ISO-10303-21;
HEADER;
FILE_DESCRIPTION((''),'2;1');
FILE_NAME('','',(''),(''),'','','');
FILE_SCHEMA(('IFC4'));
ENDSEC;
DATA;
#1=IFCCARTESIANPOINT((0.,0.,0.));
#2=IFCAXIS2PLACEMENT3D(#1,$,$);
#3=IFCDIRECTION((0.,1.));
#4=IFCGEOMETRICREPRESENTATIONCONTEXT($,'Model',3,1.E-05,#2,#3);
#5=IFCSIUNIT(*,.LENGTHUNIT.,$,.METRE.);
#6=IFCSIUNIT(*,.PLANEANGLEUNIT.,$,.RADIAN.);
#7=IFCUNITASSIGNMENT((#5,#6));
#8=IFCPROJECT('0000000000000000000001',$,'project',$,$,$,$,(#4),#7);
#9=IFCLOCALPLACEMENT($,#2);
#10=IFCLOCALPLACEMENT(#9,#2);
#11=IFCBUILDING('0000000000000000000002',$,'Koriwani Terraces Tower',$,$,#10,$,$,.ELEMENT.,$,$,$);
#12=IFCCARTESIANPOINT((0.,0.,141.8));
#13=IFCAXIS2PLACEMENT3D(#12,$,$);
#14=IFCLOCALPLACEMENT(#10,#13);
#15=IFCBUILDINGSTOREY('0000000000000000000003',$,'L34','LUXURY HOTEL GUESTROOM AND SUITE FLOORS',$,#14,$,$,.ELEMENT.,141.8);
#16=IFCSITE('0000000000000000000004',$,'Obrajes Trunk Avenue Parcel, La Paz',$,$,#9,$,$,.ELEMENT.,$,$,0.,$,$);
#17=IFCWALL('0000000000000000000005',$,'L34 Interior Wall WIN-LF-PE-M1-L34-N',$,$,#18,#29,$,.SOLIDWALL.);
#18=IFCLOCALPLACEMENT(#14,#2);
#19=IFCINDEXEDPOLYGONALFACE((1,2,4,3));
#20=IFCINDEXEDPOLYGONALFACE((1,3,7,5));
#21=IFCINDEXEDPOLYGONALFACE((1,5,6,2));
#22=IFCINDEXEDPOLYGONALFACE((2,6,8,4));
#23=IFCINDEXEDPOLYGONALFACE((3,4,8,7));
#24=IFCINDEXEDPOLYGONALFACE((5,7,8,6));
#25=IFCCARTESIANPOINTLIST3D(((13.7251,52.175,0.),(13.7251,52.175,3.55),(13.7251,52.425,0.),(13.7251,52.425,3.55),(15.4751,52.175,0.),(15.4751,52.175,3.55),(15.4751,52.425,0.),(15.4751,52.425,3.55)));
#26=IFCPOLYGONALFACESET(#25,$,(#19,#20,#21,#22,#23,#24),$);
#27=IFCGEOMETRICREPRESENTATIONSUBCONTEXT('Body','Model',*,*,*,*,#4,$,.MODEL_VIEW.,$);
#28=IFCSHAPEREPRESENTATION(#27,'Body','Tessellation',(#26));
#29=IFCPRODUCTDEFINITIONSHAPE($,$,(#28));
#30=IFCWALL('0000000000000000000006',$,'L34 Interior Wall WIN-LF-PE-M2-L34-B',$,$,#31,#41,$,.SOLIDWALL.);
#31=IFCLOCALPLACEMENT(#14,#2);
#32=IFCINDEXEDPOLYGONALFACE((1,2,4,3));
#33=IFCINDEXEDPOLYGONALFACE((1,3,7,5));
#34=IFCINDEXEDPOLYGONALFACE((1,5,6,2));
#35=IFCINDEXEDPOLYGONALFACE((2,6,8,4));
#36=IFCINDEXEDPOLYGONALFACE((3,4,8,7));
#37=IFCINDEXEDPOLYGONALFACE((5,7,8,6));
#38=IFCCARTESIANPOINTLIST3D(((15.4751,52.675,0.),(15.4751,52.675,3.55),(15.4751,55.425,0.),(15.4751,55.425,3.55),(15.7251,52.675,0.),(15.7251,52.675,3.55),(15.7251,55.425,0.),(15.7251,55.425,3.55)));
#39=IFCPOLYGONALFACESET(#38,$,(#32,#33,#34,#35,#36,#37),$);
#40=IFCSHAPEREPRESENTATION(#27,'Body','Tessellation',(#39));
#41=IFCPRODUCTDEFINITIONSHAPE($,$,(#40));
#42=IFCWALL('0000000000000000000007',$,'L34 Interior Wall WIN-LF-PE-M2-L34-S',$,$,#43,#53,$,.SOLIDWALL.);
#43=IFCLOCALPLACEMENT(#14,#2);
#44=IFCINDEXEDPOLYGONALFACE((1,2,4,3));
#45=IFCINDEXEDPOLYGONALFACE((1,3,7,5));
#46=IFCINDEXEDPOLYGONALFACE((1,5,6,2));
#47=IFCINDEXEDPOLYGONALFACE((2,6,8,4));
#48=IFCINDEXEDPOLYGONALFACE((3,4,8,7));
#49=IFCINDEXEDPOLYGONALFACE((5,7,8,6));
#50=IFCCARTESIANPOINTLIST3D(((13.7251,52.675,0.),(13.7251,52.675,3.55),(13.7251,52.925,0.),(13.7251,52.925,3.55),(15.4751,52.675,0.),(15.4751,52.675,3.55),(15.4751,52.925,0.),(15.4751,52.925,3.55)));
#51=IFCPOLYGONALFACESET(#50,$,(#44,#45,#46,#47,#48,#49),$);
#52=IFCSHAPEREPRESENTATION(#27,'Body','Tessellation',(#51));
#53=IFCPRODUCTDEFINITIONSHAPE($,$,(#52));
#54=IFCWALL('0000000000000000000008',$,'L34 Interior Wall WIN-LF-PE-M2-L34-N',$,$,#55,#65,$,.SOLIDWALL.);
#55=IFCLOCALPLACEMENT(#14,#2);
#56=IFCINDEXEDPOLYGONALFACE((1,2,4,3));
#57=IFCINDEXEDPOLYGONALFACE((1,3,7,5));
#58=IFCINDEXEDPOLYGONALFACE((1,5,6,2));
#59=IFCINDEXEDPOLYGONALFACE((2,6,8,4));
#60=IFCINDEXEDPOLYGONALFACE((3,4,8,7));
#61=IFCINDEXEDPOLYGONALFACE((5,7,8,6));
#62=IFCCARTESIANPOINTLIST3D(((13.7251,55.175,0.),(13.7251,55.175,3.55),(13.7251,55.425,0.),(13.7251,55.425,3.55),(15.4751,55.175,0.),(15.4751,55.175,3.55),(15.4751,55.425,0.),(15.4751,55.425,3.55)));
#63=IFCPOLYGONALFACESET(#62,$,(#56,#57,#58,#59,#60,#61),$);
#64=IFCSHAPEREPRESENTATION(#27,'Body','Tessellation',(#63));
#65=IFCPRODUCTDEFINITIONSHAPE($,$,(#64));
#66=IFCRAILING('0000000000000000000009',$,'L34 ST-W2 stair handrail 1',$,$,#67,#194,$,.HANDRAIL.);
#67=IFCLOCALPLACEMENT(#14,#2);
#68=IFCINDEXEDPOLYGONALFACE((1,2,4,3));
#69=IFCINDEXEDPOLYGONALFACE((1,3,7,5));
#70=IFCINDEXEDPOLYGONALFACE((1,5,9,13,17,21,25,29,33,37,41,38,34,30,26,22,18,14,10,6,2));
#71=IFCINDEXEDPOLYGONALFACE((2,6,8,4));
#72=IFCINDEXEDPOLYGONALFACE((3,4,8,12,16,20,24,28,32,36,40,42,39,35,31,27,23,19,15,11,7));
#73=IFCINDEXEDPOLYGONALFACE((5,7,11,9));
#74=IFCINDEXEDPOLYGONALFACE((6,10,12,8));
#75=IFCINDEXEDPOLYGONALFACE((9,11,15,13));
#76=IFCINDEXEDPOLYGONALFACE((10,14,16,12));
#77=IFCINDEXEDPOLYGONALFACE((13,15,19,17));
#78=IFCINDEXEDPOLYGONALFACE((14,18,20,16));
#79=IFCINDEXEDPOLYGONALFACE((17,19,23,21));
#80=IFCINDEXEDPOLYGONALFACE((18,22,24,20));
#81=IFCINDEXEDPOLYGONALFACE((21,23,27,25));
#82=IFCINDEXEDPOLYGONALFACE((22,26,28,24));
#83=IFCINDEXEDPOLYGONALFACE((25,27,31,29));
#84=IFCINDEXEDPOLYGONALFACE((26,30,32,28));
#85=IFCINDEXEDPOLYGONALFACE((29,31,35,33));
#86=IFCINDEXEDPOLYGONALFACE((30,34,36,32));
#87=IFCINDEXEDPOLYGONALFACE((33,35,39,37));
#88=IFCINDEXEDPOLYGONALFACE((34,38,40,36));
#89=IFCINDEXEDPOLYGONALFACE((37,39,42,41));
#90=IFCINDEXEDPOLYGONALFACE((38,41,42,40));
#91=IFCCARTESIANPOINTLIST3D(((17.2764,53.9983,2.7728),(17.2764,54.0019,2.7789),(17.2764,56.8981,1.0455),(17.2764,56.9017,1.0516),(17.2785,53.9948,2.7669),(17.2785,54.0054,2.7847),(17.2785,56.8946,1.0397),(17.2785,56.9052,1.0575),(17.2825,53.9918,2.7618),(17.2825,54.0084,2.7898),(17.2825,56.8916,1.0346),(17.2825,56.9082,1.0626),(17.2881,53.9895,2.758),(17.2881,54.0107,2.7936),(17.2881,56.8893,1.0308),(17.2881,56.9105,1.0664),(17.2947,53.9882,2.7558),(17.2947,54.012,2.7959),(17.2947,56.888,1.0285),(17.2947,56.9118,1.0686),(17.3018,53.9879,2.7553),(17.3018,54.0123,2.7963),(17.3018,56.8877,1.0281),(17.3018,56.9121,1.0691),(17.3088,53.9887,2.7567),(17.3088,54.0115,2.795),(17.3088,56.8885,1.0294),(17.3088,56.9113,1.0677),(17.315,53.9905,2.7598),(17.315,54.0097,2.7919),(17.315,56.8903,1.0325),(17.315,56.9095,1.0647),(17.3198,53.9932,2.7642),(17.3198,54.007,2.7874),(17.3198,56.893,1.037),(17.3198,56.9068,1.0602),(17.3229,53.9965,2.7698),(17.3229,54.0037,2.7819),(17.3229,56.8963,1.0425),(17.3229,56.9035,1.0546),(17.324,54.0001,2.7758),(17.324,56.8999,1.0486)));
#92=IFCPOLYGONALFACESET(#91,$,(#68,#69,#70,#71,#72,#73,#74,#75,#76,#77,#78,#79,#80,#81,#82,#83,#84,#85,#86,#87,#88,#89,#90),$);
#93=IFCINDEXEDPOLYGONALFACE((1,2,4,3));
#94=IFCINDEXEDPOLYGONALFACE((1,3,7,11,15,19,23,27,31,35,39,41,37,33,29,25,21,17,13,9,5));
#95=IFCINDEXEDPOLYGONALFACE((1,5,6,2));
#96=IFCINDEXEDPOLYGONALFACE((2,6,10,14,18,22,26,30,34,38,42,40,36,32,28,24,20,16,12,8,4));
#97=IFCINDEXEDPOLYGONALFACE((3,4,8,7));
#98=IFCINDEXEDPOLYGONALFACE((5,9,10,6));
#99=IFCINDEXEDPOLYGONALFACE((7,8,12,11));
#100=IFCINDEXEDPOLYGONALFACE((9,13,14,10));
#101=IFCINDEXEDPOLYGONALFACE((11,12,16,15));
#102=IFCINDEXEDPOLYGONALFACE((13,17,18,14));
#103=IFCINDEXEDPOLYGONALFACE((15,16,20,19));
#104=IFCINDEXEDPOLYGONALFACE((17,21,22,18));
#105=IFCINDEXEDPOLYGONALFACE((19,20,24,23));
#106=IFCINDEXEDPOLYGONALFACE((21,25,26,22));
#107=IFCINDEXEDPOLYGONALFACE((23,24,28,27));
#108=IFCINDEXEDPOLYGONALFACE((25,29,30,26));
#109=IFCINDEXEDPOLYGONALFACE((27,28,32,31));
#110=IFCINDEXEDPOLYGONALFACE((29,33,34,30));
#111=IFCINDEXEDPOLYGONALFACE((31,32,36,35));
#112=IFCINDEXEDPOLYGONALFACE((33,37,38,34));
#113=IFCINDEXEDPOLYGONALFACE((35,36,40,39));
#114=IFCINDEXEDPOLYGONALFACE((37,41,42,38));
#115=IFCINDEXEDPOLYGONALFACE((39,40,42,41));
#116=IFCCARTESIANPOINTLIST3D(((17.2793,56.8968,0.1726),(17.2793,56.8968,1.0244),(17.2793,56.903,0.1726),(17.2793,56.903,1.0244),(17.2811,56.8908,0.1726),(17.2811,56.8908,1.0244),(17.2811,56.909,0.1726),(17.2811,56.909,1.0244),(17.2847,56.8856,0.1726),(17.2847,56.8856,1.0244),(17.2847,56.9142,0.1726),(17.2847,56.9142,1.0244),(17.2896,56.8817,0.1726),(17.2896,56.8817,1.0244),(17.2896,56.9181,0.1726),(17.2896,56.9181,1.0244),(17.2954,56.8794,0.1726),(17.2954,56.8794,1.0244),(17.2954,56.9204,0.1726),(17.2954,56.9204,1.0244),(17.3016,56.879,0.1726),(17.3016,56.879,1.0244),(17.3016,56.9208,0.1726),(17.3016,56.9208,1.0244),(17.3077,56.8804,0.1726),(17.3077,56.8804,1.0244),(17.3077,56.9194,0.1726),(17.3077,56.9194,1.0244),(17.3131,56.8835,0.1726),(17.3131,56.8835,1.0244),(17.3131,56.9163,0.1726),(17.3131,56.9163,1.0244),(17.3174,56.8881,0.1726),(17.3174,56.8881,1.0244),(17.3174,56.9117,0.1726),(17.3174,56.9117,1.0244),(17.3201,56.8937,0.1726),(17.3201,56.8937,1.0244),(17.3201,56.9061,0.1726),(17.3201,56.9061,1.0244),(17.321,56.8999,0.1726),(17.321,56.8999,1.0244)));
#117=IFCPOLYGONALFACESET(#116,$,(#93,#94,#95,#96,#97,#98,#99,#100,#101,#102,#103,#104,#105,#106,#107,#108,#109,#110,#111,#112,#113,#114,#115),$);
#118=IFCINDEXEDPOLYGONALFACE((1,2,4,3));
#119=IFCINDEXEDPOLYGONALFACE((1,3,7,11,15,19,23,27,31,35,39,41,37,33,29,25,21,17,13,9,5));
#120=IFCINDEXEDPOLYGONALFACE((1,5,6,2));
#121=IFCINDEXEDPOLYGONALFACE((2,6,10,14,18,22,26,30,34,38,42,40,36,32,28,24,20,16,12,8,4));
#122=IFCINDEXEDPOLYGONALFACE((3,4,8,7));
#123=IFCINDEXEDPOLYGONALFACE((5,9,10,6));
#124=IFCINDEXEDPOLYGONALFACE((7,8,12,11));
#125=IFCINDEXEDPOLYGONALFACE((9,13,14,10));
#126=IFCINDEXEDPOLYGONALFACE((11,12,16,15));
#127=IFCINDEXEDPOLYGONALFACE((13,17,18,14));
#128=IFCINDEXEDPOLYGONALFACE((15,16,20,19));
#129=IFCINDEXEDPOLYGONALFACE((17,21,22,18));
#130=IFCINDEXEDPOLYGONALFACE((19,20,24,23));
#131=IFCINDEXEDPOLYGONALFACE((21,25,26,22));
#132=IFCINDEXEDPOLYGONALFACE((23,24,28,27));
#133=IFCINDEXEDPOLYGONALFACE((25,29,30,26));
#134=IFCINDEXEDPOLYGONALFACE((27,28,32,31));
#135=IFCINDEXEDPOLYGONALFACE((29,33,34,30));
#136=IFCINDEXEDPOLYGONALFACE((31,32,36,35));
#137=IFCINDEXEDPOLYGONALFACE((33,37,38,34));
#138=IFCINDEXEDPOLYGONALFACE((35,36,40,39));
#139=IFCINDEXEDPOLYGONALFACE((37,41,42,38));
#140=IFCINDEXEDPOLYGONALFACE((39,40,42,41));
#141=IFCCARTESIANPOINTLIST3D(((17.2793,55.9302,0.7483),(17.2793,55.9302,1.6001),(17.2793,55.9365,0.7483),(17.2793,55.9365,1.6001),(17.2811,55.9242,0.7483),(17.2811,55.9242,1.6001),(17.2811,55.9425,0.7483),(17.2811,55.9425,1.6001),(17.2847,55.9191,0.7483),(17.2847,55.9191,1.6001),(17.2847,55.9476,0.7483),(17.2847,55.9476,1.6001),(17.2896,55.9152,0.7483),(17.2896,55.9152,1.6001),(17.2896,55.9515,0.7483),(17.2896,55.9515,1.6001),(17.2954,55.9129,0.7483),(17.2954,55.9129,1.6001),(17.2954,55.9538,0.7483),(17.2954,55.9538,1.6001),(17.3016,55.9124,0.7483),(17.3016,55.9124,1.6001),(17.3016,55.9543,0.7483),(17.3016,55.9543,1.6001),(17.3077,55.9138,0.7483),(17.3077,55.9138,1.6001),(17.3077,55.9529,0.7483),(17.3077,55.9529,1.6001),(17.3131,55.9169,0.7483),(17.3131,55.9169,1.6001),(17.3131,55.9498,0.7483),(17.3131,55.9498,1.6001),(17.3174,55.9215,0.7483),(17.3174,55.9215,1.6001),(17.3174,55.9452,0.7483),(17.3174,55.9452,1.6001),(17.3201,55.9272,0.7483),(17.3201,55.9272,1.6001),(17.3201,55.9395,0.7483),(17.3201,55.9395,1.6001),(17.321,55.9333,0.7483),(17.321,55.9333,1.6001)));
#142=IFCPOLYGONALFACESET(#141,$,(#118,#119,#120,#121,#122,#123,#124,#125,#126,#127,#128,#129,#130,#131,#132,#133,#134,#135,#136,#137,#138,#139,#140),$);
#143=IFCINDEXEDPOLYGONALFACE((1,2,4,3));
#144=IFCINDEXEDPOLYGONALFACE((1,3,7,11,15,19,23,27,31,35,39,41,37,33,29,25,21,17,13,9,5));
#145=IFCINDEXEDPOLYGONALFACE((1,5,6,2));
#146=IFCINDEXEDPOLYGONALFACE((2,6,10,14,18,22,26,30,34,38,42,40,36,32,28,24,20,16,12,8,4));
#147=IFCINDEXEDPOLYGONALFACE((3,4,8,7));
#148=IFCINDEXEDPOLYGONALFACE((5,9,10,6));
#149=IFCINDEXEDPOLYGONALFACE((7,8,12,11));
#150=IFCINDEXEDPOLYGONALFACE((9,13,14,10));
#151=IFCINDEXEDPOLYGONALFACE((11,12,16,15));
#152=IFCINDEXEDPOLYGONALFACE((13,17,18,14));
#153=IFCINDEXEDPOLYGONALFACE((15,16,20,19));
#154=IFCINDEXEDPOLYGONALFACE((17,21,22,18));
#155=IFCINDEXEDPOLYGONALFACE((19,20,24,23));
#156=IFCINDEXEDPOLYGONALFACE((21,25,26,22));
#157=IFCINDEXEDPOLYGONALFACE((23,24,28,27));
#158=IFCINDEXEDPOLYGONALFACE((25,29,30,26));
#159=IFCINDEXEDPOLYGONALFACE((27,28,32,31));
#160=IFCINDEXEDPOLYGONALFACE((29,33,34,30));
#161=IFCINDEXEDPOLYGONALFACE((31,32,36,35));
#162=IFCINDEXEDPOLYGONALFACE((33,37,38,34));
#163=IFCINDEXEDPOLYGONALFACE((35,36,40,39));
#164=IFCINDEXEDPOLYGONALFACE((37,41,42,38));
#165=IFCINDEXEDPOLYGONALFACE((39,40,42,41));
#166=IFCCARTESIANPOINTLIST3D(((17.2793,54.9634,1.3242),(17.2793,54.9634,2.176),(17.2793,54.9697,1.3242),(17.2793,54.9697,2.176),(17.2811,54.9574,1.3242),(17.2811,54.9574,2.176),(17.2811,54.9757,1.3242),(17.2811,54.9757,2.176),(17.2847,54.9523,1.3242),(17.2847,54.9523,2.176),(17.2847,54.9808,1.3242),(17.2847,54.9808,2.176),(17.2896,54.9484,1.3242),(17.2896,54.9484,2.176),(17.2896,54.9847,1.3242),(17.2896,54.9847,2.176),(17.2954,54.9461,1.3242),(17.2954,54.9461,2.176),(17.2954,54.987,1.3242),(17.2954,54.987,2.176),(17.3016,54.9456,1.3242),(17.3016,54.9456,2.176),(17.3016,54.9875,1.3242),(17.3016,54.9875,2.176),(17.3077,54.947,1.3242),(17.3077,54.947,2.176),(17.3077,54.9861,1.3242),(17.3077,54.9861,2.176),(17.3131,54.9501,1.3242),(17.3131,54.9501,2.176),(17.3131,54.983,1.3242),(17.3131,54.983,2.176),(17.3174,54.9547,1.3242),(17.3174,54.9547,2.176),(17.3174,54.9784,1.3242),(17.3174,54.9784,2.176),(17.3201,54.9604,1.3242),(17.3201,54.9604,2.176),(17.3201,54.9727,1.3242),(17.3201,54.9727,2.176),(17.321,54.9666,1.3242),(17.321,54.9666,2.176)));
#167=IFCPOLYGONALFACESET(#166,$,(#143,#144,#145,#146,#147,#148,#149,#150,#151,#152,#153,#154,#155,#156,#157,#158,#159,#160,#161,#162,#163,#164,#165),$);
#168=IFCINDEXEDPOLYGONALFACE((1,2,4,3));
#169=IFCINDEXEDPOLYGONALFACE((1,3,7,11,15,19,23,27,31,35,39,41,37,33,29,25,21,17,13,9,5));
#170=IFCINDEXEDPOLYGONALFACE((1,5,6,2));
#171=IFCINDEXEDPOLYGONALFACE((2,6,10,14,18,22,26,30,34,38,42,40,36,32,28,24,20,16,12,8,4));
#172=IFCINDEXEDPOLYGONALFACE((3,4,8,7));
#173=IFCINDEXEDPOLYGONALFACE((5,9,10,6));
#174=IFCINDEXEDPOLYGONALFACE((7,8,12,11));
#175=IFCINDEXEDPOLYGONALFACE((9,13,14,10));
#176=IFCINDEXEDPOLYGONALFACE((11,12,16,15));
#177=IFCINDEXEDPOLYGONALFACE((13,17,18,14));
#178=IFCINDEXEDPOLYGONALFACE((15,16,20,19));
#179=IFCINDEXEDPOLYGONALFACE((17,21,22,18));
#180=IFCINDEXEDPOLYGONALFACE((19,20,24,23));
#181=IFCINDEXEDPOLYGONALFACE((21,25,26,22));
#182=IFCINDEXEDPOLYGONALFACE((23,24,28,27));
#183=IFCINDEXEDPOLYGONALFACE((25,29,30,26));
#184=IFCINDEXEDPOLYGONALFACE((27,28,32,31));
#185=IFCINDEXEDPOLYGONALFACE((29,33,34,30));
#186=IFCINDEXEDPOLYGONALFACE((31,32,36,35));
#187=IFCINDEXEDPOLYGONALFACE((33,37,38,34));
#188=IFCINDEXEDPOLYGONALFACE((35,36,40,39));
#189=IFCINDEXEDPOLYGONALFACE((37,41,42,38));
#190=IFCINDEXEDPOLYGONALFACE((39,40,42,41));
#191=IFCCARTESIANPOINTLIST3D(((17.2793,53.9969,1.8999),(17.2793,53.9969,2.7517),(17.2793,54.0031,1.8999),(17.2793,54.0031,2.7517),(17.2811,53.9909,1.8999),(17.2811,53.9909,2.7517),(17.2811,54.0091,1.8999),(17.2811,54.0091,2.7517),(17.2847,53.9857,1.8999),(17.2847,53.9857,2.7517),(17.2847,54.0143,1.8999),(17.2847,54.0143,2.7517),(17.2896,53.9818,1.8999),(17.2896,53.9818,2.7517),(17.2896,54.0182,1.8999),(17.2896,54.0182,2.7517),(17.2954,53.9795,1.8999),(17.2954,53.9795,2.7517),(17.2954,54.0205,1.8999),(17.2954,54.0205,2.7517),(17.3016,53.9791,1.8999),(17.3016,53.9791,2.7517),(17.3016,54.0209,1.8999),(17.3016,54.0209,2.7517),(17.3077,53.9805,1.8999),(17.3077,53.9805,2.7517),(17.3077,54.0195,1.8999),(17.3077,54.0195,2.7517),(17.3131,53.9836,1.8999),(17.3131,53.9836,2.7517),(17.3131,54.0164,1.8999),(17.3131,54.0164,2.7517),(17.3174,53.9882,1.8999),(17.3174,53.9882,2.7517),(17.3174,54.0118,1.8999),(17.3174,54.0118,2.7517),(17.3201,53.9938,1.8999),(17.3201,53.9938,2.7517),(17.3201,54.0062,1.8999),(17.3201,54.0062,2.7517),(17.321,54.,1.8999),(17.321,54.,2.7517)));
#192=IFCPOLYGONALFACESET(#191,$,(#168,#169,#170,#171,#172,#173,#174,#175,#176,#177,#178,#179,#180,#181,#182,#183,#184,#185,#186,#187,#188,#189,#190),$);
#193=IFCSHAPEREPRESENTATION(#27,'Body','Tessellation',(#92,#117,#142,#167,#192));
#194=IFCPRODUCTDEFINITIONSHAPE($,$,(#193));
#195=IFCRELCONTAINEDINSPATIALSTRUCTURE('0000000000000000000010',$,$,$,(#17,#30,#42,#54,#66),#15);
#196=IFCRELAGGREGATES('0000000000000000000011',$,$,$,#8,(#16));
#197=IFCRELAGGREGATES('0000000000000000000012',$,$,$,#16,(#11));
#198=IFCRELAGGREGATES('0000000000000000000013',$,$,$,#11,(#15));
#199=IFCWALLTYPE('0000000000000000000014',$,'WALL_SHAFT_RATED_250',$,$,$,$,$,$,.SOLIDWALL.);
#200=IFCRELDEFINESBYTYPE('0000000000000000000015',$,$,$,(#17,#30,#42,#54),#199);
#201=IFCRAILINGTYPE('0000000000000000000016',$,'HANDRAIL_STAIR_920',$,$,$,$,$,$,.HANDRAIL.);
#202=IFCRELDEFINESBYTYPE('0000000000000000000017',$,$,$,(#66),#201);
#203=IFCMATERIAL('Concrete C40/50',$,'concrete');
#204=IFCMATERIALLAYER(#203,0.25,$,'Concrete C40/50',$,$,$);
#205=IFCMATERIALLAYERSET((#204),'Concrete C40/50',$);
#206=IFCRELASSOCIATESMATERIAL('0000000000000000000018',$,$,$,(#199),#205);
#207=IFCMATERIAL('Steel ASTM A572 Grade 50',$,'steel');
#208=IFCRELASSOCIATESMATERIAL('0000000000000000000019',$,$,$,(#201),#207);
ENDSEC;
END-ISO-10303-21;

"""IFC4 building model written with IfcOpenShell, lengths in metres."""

from ifc_helpers import new_model, si_unit, direction, frame, frame_2d, origin, origin_2d, place, context, subcontext, project, spatial, rectangle, circle, extrude, material, layer, layer_set, type_object, element, save


model = new_model("IFC4")

# Units and contexts
model_context = context("Model", 3, precision=1e-05, world=origin(), true_north=direction((0.0, 1.0)))
body_context = subcontext(model_context, "Body", "Model", "MODEL_VIEW")
ifc_project = project(units=[si_unit("LENGTHUNIT", "METRE"), si_unit("PLANEANGLEUNIT", "RADIAN")], contexts=[model_context])

# Site, building, storey
site_placement = place(None, origin())
site = spatial("IfcSite", under=ifc_project, at=site_placement, Name="Obrajes Trunk Avenue Parcel, La Paz", CompositionType="ELEMENT", RefElevation=0.0)
building_placement = place(site_placement, origin())
building = spatial("IfcBuilding", under=site, at=building_placement, Name="Koriwani Terraces Tower", CompositionType="ELEMENT")
storey_placement = place(building_placement, frame((0.0, 0.0, 141.8)))
storey = spatial("IfcBuildingStorey", under=building, at=storey_placement, Name="L34", Description="LUXURY HOTEL GUESTROOM AND SUITE FLOORS", CompositionType="ELEMENT", Elevation=141.8)

# Shared definitions
ifc_material_1 = material(Name="Concrete C40/50", Category="concrete")
ifc_material_2 = material(Name="Steel ASTM A572 Grade 50", Category="steel")

# Wall
ifc_layer_1 = layer(ifc_material_1, 0.25, Name="Concrete C40/50")
ifc_layer_set_1 = layer_set([ifc_layer_1], Name="Concrete C40/50")
wall_type_1 = type_object("IfcWallType", Name="WALL_SHAFT_RATED_250", PredefinedType="SOLIDWALL", material=ifc_layer_set_1)
wall_1_placement = place(storey_placement, frame((13.7251, 52.3, 0.0), z_axis=(0.0, 0.0, 1.0), x_axis=(1.0, 0.0, 0.0)))
element("IfcWall", 1, at=wall_1_placement, inside=storey, type_object=wall_type_1, Name="L34 Interior Wall WIN-LF-PE-M1-L34-N", PredefinedType="SOLIDWALL", context=body_context, shape_type="SweptSolid", body=[
    extrude(rectangle(XDim=1.75, YDim=0.25, at=frame_2d((0.875, 0.0))), origin(), (0.0, 0.0, 1.0), 3.55),
])

# Walls
wall_2_placement = place(storey_placement, frame((15.6001, 52.675, 0.0), z_axis=(0.0, 0.0, 1.0), x_axis=(0.0, 1.0, 0.0)))
element("IfcWall", 2, at=wall_2_placement, inside=storey, type_object=wall_type_1, Name="L34 Interior Wall WIN-LF-PE-M2-L34-B", PredefinedType="SOLIDWALL", context=body_context, shape_type="SweptSolid", body=[
    extrude(rectangle(XDim=2.75, YDim=0.25, at=frame_2d((1.375, 0.0))), origin(), (0.0, 0.0, 1.0), 3.55),
])
for number, where, z_axis, x_axis, name in (
    (3, (13.7251, 52.8, 0.0), (0.0, 0.0, 1.0), (1.0, 0.0, 0.0), "L34 Interior Wall WIN-LF-PE-M2-L34-S"),
    (4, (13.7251, 55.3, 0.0), (0.0, 0.0, 1.0), (1.0, 0.0, 0.0), "L34 Interior Wall WIN-LF-PE-M2-L34-N"),
):
    element("IfcWall", number, at=place(storey_placement, frame(where, z_axis=z_axis, x_axis=x_axis)), inside=storey, type_object=wall_type_1, Name=name, PredefinedType="SOLIDWALL", context=body_context, shape_type="SweptSolid", body=[
        extrude(rectangle(XDim=1.75, YDim=0.25, at=frame_2d((0.875, 0.0))), origin(), (0.0, 0.0, 1.0), 3.55),
    ])

# Railing
railing_type = type_object("IfcRailingType", Name="HANDRAIL_STAIR_920", PredefinedType="HANDRAIL", material=ifc_material_2)
railing_placement = place(storey_placement, frame((17.3, 56.8999, 0.1726)))
element("IfcRailing", 5, at=railing_placement, inside=storey, type_object=railing_type, Name="L34 ST-W2 stair handrail 1", PredefinedType="HANDRAIL", context=body_context, shape_type="SweptSolid", body=[
    extrude(circle(Radius=0.0239, at=origin_2d()), frame((0.0, 0.0, 0.876), z_axis=(0.0, -0.859141, 0.511738), x_axis=(1.0, 0.0, 0.0)), (0.0, 0.0, 1.0), 3.3752),
    extrude(circle(Radius=0.021, at=origin_2d()), origin(), (0.0, 0.0, 1.0), 0.8518),
    extrude(circle(Radius=0.021, at=origin_2d()), frame((0.0, -0.9666, 0.5757)), (0.0, 0.0, 1.0), 0.8518),
    extrude(circle(Radius=0.021, at=origin_2d()), frame((0.0, -1.9333, 1.1516)), (0.0, 0.0, 1.0), 0.8518),
    extrude(circle(Radius=0.021, at=origin_2d()), frame((0.0, -2.8999, 1.7273)), (0.0, 0.0, 1.0), 0.8518),
])

save(model, "model.ifc")
